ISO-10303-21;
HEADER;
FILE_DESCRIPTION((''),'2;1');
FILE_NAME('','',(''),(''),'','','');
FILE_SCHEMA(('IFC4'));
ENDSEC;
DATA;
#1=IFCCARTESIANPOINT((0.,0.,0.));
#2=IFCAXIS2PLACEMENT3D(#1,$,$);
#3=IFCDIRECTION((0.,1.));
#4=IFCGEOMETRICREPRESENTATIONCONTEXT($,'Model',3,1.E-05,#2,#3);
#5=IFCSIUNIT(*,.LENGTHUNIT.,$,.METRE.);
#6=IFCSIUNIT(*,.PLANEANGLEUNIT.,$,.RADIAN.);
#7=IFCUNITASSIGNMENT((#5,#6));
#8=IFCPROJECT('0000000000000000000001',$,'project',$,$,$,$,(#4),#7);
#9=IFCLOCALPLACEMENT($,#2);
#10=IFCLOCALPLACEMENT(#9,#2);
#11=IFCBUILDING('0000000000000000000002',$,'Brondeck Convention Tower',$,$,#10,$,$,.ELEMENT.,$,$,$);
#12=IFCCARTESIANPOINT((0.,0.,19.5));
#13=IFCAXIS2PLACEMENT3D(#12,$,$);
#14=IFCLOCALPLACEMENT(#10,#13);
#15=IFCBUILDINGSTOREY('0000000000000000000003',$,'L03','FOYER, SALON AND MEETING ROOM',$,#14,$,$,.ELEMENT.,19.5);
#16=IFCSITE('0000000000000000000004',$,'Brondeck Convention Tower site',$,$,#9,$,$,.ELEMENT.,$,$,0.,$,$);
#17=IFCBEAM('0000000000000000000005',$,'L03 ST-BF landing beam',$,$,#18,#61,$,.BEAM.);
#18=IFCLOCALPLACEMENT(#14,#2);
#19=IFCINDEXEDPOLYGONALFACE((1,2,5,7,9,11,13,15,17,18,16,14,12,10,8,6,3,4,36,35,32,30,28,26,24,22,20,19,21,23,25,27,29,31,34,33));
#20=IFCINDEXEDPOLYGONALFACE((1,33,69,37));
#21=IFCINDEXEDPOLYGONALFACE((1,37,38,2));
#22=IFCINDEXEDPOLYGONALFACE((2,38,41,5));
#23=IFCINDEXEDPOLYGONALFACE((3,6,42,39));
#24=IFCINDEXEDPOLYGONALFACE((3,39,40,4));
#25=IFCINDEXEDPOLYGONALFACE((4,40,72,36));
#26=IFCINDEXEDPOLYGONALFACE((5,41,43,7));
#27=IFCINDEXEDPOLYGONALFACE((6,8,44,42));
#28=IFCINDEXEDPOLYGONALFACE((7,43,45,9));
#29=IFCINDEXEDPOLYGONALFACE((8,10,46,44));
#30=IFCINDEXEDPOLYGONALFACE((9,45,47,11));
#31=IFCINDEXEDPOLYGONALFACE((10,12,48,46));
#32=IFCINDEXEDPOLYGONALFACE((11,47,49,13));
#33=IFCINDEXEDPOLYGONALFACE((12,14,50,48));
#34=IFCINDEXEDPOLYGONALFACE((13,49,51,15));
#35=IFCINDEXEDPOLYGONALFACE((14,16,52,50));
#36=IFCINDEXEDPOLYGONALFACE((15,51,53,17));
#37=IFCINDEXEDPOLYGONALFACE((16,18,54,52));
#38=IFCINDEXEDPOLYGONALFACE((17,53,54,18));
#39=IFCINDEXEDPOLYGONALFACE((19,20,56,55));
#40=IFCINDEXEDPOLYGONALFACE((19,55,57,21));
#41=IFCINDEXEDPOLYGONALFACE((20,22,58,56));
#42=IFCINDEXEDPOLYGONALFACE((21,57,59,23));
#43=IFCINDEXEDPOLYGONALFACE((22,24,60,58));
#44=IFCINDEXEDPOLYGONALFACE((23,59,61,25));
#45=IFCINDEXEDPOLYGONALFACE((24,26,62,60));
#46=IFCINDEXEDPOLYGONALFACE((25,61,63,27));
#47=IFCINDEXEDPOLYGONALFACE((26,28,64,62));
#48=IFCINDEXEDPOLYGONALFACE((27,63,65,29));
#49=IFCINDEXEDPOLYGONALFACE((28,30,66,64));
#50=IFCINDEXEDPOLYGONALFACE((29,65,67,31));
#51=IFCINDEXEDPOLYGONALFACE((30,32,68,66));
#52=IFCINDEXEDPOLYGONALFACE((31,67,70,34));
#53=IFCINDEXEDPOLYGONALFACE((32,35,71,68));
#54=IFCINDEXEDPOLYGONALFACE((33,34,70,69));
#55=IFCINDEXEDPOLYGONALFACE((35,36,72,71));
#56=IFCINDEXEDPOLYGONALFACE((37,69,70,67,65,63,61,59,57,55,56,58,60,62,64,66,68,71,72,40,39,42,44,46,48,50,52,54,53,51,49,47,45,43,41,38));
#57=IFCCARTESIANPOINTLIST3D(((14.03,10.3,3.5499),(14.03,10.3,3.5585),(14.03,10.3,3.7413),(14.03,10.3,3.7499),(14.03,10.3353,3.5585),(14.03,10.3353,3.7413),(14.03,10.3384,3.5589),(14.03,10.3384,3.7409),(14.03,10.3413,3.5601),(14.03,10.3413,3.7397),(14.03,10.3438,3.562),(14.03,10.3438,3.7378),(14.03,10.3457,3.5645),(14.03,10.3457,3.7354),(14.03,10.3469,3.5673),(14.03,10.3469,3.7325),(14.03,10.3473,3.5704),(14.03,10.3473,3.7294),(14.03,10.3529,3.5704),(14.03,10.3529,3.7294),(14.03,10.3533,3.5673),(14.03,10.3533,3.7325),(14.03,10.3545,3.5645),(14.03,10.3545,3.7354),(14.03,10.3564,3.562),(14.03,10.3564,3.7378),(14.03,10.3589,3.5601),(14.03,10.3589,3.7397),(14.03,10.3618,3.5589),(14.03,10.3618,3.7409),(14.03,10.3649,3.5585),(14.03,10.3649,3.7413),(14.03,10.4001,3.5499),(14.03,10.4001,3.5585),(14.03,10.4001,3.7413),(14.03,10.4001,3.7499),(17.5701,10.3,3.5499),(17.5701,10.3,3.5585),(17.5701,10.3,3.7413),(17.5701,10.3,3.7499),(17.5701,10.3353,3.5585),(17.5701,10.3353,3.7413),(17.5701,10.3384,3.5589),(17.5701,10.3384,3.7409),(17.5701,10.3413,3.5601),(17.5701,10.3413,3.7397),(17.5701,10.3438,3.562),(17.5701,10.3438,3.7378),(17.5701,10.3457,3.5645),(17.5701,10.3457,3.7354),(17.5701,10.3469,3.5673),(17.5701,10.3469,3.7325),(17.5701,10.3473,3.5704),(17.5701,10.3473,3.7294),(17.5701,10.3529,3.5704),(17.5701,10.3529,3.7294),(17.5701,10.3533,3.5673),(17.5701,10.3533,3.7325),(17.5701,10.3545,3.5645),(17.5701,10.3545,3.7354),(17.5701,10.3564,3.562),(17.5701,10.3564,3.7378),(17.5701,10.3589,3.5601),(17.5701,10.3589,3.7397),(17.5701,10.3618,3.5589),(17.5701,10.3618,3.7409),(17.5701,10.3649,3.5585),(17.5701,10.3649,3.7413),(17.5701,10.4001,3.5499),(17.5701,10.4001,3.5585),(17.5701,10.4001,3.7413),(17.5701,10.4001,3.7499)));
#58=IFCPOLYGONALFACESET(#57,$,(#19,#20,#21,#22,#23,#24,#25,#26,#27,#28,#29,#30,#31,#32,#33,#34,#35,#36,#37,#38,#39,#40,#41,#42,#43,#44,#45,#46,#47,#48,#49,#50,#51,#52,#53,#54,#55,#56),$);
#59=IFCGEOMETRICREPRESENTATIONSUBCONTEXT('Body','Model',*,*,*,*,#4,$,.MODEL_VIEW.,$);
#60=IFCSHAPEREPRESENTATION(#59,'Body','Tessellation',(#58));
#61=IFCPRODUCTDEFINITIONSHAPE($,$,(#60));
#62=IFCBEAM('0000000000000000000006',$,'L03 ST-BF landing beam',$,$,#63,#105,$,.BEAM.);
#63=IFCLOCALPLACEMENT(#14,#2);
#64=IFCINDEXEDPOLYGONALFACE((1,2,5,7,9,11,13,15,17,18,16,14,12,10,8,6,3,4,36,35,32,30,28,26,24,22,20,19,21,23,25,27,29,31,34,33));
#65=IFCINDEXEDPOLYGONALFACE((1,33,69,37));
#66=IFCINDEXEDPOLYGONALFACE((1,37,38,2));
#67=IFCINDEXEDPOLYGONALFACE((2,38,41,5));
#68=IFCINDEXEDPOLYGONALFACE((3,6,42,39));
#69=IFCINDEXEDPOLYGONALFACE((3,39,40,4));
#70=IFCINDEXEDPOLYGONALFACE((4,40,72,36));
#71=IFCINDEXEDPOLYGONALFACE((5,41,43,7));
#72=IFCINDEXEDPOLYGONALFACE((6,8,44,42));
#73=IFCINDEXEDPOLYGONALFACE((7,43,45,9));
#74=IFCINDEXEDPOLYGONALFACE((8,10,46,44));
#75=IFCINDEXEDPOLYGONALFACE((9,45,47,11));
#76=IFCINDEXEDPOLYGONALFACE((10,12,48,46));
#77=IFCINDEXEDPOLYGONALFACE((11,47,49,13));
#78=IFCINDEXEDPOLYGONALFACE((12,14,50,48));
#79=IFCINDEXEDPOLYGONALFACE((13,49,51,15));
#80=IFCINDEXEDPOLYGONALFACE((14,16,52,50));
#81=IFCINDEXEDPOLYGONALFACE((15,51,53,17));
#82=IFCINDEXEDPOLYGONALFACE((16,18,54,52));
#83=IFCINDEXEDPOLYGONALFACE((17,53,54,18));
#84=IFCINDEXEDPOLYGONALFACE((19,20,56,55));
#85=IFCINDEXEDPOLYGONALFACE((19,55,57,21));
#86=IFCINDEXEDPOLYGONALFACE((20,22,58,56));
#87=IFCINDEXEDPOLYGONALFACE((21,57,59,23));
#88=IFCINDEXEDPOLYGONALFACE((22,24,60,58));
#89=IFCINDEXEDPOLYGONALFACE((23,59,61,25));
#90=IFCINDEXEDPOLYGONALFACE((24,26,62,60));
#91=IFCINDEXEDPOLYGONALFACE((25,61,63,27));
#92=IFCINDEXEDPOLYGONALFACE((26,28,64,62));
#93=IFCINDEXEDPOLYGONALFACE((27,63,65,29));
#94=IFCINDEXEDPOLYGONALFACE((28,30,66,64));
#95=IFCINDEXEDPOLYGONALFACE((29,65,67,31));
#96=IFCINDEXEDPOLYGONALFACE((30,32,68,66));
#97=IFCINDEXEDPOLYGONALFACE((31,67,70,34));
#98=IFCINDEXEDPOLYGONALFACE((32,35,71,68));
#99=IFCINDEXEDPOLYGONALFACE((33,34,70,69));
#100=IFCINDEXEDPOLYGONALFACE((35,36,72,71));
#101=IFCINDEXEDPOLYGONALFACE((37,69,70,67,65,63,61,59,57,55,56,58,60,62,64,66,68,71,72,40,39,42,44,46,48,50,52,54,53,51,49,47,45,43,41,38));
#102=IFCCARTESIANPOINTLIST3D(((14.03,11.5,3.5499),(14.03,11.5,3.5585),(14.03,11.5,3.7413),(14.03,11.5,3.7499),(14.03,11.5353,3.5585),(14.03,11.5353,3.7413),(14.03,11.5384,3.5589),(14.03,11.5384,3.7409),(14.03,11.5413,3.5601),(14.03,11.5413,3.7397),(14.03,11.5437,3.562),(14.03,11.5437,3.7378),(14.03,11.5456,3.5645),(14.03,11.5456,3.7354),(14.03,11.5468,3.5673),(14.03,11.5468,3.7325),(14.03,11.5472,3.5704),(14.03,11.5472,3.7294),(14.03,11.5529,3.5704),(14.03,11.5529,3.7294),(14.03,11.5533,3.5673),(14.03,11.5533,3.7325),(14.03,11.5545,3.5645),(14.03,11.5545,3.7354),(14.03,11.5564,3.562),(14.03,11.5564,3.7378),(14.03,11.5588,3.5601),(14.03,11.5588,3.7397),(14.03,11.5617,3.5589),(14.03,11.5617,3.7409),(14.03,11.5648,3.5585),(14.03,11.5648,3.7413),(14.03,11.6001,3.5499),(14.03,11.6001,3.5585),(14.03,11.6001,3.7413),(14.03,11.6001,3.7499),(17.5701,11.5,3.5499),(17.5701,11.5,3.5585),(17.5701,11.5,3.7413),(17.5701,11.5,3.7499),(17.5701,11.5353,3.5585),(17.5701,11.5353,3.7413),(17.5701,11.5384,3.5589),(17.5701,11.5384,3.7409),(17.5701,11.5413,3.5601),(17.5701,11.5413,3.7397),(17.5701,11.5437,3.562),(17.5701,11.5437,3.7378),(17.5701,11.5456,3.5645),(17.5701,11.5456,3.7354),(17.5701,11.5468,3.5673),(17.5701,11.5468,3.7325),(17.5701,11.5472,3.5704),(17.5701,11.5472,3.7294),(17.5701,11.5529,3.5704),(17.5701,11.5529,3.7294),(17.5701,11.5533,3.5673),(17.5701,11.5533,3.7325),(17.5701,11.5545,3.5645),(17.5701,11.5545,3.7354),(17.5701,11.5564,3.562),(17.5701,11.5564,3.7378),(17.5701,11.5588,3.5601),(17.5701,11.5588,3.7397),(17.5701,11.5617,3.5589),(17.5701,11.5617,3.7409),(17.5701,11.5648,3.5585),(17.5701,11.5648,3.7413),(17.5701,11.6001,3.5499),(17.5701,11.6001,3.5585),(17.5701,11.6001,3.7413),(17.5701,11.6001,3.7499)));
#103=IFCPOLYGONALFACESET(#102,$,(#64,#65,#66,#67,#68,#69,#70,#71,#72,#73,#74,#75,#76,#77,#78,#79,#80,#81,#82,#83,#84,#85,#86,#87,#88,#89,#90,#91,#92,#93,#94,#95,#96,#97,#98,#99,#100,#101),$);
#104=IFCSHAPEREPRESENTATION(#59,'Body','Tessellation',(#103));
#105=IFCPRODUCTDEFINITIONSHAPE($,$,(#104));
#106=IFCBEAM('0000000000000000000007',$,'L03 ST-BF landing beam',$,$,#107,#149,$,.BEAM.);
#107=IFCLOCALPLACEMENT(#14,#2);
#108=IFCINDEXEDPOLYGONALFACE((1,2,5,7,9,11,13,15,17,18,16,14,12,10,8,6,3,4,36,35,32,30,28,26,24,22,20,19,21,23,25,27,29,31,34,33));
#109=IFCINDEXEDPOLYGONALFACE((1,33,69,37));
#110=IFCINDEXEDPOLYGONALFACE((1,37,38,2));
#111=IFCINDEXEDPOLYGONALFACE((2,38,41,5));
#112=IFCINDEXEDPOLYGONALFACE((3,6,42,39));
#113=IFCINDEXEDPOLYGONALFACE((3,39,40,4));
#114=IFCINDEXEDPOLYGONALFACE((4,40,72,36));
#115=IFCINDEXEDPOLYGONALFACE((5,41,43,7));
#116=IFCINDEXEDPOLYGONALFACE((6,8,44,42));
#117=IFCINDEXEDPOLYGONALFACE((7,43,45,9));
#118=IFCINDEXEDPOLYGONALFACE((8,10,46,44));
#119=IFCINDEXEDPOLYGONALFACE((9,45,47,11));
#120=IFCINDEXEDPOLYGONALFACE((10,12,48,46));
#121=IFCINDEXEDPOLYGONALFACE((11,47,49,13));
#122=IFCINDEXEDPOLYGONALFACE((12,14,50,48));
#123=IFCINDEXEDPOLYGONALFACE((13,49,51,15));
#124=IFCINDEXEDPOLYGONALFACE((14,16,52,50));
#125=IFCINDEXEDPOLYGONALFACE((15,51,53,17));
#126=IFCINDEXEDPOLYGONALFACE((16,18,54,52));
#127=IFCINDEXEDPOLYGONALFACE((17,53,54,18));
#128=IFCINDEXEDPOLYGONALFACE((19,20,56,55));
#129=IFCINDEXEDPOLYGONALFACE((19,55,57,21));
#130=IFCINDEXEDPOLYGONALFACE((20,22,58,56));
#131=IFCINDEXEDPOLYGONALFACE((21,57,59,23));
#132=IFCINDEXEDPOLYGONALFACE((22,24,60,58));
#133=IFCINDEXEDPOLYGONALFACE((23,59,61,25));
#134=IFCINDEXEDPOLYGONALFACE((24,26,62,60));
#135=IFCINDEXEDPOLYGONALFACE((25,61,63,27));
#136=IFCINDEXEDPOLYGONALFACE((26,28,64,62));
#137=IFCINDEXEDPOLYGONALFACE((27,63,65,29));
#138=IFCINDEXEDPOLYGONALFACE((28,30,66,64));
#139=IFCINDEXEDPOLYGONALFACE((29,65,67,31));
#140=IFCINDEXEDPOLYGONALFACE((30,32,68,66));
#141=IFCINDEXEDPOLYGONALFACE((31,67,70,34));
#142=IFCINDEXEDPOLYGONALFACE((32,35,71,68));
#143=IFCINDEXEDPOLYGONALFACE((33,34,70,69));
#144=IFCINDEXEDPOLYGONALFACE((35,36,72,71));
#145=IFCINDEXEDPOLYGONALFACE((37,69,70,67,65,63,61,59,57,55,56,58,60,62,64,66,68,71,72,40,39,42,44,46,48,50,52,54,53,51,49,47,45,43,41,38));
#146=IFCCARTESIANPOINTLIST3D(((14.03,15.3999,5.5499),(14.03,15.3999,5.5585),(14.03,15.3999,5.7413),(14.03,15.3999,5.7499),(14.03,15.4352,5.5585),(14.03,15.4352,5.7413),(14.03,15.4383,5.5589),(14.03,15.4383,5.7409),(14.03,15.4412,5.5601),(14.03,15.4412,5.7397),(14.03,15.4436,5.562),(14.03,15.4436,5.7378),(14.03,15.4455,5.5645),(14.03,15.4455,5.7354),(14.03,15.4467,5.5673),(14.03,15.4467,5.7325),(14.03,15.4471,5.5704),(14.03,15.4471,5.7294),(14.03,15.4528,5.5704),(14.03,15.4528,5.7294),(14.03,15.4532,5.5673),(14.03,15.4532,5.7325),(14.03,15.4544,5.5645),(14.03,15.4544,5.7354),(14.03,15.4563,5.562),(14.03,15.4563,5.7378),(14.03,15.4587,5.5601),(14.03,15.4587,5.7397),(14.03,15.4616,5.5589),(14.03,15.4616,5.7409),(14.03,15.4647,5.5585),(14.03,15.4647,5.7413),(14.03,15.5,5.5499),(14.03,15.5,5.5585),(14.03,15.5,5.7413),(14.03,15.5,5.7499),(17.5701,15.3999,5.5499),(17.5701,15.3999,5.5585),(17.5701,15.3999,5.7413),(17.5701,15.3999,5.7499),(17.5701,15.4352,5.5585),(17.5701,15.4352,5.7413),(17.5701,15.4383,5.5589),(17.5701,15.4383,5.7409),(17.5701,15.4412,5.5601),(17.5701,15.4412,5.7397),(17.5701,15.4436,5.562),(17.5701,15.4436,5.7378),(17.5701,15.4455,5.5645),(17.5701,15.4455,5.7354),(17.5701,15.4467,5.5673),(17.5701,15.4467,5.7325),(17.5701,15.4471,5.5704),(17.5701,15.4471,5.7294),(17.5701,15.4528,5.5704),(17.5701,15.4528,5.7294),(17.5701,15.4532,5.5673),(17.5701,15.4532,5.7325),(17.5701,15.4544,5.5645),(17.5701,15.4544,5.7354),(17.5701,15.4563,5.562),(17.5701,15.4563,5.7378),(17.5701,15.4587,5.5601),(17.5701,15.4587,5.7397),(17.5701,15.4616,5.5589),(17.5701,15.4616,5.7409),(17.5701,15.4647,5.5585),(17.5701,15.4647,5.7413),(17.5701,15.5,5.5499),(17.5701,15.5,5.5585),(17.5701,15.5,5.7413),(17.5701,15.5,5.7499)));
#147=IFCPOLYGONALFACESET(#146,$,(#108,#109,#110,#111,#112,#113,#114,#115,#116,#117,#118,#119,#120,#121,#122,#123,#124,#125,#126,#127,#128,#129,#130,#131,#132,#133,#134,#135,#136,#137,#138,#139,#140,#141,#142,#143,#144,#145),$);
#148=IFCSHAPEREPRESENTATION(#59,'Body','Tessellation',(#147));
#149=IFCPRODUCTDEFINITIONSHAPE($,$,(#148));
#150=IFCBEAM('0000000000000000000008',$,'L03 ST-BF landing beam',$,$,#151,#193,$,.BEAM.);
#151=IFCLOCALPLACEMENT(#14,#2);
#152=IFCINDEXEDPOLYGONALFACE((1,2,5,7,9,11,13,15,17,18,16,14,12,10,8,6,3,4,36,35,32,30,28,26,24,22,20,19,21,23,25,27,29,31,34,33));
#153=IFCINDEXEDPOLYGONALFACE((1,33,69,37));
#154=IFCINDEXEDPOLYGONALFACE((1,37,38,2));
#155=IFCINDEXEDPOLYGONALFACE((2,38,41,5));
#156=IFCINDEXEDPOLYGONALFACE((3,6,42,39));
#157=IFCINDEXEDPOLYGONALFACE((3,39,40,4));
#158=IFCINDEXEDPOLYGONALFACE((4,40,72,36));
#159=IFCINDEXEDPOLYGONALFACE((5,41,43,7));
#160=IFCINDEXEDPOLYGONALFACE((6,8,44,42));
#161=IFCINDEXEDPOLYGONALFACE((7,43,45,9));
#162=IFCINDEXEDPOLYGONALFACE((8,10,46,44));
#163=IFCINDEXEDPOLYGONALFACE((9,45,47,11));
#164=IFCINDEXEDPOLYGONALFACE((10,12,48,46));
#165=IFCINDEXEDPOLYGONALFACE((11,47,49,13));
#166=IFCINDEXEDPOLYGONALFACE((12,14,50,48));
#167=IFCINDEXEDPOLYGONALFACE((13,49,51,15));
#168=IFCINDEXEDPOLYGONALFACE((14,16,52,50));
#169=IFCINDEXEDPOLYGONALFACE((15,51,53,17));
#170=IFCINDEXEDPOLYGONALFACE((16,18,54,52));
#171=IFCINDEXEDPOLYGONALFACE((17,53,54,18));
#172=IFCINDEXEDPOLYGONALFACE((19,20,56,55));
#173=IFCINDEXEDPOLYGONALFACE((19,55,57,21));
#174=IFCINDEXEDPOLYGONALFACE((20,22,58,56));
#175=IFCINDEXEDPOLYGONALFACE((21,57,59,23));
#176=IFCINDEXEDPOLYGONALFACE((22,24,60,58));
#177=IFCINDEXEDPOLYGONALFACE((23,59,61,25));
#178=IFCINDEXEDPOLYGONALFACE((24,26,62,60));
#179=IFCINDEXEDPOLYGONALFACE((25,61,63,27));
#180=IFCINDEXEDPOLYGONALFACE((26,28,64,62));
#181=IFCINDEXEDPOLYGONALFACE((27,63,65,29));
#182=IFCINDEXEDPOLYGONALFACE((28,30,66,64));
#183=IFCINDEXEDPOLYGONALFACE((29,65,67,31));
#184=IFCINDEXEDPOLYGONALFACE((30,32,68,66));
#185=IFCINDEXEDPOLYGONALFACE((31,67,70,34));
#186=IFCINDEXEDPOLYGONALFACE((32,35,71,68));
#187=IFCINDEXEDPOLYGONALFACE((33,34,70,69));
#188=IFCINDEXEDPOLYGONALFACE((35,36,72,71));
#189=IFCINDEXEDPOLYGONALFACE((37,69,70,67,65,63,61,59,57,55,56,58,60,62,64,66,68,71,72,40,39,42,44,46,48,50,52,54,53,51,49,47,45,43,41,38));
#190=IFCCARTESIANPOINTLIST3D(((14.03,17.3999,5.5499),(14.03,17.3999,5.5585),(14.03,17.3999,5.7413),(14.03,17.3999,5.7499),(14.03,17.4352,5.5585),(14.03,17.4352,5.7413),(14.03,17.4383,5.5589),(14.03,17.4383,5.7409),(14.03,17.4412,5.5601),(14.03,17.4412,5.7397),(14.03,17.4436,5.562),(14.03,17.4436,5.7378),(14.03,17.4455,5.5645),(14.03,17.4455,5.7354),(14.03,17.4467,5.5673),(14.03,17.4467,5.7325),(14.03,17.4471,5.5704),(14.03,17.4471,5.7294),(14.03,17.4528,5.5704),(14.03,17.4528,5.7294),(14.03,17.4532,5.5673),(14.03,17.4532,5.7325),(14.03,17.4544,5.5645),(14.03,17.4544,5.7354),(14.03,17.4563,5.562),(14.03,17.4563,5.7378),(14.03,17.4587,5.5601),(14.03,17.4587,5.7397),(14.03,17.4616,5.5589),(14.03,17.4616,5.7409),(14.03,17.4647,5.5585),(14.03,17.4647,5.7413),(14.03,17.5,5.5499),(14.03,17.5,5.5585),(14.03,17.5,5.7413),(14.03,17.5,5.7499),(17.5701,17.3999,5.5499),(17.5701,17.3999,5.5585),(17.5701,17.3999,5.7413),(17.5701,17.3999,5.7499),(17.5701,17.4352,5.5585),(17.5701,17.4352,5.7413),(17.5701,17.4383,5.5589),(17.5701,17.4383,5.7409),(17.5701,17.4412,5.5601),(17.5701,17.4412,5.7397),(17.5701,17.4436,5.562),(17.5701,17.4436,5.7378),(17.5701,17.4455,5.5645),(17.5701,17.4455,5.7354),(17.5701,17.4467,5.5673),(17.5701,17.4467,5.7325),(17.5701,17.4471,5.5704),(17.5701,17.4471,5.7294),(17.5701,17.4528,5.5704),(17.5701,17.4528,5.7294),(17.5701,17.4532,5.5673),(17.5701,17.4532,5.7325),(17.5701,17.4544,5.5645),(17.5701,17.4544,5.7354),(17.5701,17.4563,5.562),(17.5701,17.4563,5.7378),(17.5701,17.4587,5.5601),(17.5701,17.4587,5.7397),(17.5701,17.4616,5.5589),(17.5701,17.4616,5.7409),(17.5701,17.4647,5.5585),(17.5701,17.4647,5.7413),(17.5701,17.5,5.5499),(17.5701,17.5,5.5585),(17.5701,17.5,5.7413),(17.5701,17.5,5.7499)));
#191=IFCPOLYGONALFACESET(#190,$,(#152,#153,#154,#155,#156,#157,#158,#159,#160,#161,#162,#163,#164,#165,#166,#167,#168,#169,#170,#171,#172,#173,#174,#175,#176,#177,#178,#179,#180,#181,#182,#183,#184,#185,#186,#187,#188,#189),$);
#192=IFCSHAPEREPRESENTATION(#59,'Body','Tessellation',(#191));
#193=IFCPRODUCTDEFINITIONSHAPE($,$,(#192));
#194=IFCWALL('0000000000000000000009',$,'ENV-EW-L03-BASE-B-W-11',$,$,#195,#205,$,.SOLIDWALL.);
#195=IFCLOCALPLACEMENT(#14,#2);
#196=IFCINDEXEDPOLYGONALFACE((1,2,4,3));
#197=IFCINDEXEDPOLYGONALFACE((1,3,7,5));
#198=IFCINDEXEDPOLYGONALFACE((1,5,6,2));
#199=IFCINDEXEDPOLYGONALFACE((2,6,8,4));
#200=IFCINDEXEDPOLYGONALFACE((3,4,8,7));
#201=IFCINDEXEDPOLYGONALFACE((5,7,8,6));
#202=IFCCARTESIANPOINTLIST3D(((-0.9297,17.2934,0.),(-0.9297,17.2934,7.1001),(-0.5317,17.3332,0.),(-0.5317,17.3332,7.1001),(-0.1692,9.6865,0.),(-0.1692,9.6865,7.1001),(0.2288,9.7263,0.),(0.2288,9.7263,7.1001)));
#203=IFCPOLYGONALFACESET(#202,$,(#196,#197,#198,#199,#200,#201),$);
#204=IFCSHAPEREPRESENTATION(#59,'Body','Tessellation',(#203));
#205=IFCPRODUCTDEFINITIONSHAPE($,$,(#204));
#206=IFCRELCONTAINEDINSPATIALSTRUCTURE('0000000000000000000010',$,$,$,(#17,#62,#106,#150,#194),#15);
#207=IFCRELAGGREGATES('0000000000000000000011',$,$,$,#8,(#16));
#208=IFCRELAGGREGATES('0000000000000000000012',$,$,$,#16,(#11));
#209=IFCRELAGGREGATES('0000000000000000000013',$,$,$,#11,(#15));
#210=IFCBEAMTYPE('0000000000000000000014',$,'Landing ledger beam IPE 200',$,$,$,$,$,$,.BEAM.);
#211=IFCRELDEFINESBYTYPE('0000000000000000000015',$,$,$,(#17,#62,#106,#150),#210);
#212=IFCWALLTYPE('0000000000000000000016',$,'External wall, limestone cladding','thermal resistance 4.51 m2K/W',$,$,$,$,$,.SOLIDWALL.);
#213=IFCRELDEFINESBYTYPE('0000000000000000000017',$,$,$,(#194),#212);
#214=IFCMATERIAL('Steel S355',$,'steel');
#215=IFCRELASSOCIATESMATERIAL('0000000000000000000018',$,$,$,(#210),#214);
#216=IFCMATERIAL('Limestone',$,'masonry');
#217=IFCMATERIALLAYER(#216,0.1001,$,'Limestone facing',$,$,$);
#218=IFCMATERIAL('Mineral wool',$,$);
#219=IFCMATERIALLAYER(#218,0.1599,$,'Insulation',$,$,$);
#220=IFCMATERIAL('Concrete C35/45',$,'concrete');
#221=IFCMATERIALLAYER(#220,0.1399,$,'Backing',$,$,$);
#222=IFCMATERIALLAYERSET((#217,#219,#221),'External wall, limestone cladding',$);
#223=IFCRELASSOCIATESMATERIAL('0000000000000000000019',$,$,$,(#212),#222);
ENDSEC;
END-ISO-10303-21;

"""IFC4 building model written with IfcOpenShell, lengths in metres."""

from ifc_helpers import new_model, si_unit, direction, frame, frame_2d, origin, origin_2d, place, context, subcontext, project, spatial, rectangle, i_section, extrude, material, layer, layer_set, material_profile, profile_set, type_object, element, save


model = new_model("IFC4")

# Units and contexts
model_context = context("Model", 3, precision=1e-05, world=origin(), true_north=direction((0.0, 1.0)))
body_context = subcontext(model_context, "Body", "Model", "MODEL_VIEW")
ifc_project = project(units=[si_unit("LENGTHUNIT", "METRE"), si_unit("PLANEANGLEUNIT", "RADIAN")], contexts=[model_context])

# Site, building, storey
site_placement = place(None, origin())
site = spatial("IfcSite", under=ifc_project, at=site_placement, Name="Brondeck Convention Tower site", CompositionType="ELEMENT", RefElevation=0.0)
building_placement = place(site_placement, origin())
building = spatial("IfcBuilding", under=site, at=building_placement, Name="Brondeck Convention Tower", CompositionType="ELEMENT")
storey_placement = place(building_placement, frame((0.0, 0.0, 19.5)))
storey = spatial("IfcBuildingStorey", under=building, at=storey_placement, Name="L03", Description="FOYER, SALON AND MEETING ROOM", CompositionType="ELEMENT", Elevation=19.5)

# Beams
ifc_material_1 = material(Name="Steel S355", Category="steel")
ifc_material_profile_1 = material_profile(ifc_material_1, i_section(OverallWidth=0.1001, OverallDepth=0.2, WebThickness=0.0056, FlangeThickness=0.0085, FilletRadius=0.012, at=origin_2d()), Name="IPE200")
ifc_profile_set_1 = profile_set([ifc_material_profile_1], Name="Steel S355")
beam_type_1 = type_object("IfcBeamType", Name="Landing ledger beam IPE 200", PredefinedType="BEAM", material=ifc_profile_set_1)
for number, where, z_axis, x_axis, name in (
    (1, (17.5701, 10.3501, 3.6499), (-1.0, 0.0, 0.0), (0.0, -1.0, 0.0), "L03 ST-BF landing beam"),
    (2, (17.5701, 11.55, 3.6499), (-1.0, 0.0, 0.0), (0.0, -1.0, 0.0), "L03 ST-BF landing beam"),
    (3, (17.5701, 15.45, 5.6499), (-1.0, 0.0, 0.0), (0.0, -1.0, 0.0), "L03 ST-BF landing beam"),
    (4, (17.5701, 17.45, 5.6499), (-1.0, 0.0, 0.0), (0.0, -1.0, 0.0), "L03 ST-BF landing beam"),
):
    element("IfcBeam", number, at=place(storey_placement, frame(where, z_axis=z_axis, x_axis=x_axis)), inside=storey, type_object=beam_type_1, Name=name, PredefinedType="BEAM", context=body_context, shape_type="SweptSolid", body=[
        extrude(i_section(OverallWidth=0.1001, OverallDepth=0.2, WebThickness=0.0056, FlangeThickness=0.0085, FilletRadius=0.012, at=origin_2d()), origin(), (0.0, 0.0, 1.0), 3.54),
    ])

# Wall
ifc_material_2 = material(Name="Limestone", Category="masonry")
ifc_layer_1 = layer(ifc_material_2, 0.1001, Name="Limestone facing")
ifc_material_3 = material(Name="Mineral wool")
ifc_layer_2 = layer(ifc_material_3, 0.1599, Name="Insulation")
ifc_material_4 = material(Name="Concrete C35/45", Category="concrete")
ifc_layer_3 = layer(ifc_material_4, 0.1399, Name="Backing")
ifc_layer_set_1 = layer_set([ifc_layer_1, ifc_layer_2, ifc_layer_3], Name="External wall, limestone cladding")
wall_type_1 = type_object("IfcWallType", Name="External wall, limestone cladding", Description="thermal resistance 4.51 m2K/W", PredefinedType="SOLIDWALL", material=ifc_layer_set_1)
wall_1_placement = place(storey_placement, frame((0.0298, 9.7065, 0.0), z_axis=(0.0, 0.0, 1.0), x_axis=(-0.099478, 0.99504, 0.0)))
element("IfcWall", 5, at=wall_1_placement, inside=storey, type_object=wall_type_1, Name="ENV-EW-L03-BASE-B-W-11", PredefinedType="SOLIDWALL", context=body_context, shape_type="SweptSolid", body=[
    extrude(rectangle(XDim=7.6448, YDim=0.3999, at=frame_2d((3.8223, 0.0))), origin(), (0.0, 0.0, 1.0), 7.1001),
])

save(model, "model.ifc")
